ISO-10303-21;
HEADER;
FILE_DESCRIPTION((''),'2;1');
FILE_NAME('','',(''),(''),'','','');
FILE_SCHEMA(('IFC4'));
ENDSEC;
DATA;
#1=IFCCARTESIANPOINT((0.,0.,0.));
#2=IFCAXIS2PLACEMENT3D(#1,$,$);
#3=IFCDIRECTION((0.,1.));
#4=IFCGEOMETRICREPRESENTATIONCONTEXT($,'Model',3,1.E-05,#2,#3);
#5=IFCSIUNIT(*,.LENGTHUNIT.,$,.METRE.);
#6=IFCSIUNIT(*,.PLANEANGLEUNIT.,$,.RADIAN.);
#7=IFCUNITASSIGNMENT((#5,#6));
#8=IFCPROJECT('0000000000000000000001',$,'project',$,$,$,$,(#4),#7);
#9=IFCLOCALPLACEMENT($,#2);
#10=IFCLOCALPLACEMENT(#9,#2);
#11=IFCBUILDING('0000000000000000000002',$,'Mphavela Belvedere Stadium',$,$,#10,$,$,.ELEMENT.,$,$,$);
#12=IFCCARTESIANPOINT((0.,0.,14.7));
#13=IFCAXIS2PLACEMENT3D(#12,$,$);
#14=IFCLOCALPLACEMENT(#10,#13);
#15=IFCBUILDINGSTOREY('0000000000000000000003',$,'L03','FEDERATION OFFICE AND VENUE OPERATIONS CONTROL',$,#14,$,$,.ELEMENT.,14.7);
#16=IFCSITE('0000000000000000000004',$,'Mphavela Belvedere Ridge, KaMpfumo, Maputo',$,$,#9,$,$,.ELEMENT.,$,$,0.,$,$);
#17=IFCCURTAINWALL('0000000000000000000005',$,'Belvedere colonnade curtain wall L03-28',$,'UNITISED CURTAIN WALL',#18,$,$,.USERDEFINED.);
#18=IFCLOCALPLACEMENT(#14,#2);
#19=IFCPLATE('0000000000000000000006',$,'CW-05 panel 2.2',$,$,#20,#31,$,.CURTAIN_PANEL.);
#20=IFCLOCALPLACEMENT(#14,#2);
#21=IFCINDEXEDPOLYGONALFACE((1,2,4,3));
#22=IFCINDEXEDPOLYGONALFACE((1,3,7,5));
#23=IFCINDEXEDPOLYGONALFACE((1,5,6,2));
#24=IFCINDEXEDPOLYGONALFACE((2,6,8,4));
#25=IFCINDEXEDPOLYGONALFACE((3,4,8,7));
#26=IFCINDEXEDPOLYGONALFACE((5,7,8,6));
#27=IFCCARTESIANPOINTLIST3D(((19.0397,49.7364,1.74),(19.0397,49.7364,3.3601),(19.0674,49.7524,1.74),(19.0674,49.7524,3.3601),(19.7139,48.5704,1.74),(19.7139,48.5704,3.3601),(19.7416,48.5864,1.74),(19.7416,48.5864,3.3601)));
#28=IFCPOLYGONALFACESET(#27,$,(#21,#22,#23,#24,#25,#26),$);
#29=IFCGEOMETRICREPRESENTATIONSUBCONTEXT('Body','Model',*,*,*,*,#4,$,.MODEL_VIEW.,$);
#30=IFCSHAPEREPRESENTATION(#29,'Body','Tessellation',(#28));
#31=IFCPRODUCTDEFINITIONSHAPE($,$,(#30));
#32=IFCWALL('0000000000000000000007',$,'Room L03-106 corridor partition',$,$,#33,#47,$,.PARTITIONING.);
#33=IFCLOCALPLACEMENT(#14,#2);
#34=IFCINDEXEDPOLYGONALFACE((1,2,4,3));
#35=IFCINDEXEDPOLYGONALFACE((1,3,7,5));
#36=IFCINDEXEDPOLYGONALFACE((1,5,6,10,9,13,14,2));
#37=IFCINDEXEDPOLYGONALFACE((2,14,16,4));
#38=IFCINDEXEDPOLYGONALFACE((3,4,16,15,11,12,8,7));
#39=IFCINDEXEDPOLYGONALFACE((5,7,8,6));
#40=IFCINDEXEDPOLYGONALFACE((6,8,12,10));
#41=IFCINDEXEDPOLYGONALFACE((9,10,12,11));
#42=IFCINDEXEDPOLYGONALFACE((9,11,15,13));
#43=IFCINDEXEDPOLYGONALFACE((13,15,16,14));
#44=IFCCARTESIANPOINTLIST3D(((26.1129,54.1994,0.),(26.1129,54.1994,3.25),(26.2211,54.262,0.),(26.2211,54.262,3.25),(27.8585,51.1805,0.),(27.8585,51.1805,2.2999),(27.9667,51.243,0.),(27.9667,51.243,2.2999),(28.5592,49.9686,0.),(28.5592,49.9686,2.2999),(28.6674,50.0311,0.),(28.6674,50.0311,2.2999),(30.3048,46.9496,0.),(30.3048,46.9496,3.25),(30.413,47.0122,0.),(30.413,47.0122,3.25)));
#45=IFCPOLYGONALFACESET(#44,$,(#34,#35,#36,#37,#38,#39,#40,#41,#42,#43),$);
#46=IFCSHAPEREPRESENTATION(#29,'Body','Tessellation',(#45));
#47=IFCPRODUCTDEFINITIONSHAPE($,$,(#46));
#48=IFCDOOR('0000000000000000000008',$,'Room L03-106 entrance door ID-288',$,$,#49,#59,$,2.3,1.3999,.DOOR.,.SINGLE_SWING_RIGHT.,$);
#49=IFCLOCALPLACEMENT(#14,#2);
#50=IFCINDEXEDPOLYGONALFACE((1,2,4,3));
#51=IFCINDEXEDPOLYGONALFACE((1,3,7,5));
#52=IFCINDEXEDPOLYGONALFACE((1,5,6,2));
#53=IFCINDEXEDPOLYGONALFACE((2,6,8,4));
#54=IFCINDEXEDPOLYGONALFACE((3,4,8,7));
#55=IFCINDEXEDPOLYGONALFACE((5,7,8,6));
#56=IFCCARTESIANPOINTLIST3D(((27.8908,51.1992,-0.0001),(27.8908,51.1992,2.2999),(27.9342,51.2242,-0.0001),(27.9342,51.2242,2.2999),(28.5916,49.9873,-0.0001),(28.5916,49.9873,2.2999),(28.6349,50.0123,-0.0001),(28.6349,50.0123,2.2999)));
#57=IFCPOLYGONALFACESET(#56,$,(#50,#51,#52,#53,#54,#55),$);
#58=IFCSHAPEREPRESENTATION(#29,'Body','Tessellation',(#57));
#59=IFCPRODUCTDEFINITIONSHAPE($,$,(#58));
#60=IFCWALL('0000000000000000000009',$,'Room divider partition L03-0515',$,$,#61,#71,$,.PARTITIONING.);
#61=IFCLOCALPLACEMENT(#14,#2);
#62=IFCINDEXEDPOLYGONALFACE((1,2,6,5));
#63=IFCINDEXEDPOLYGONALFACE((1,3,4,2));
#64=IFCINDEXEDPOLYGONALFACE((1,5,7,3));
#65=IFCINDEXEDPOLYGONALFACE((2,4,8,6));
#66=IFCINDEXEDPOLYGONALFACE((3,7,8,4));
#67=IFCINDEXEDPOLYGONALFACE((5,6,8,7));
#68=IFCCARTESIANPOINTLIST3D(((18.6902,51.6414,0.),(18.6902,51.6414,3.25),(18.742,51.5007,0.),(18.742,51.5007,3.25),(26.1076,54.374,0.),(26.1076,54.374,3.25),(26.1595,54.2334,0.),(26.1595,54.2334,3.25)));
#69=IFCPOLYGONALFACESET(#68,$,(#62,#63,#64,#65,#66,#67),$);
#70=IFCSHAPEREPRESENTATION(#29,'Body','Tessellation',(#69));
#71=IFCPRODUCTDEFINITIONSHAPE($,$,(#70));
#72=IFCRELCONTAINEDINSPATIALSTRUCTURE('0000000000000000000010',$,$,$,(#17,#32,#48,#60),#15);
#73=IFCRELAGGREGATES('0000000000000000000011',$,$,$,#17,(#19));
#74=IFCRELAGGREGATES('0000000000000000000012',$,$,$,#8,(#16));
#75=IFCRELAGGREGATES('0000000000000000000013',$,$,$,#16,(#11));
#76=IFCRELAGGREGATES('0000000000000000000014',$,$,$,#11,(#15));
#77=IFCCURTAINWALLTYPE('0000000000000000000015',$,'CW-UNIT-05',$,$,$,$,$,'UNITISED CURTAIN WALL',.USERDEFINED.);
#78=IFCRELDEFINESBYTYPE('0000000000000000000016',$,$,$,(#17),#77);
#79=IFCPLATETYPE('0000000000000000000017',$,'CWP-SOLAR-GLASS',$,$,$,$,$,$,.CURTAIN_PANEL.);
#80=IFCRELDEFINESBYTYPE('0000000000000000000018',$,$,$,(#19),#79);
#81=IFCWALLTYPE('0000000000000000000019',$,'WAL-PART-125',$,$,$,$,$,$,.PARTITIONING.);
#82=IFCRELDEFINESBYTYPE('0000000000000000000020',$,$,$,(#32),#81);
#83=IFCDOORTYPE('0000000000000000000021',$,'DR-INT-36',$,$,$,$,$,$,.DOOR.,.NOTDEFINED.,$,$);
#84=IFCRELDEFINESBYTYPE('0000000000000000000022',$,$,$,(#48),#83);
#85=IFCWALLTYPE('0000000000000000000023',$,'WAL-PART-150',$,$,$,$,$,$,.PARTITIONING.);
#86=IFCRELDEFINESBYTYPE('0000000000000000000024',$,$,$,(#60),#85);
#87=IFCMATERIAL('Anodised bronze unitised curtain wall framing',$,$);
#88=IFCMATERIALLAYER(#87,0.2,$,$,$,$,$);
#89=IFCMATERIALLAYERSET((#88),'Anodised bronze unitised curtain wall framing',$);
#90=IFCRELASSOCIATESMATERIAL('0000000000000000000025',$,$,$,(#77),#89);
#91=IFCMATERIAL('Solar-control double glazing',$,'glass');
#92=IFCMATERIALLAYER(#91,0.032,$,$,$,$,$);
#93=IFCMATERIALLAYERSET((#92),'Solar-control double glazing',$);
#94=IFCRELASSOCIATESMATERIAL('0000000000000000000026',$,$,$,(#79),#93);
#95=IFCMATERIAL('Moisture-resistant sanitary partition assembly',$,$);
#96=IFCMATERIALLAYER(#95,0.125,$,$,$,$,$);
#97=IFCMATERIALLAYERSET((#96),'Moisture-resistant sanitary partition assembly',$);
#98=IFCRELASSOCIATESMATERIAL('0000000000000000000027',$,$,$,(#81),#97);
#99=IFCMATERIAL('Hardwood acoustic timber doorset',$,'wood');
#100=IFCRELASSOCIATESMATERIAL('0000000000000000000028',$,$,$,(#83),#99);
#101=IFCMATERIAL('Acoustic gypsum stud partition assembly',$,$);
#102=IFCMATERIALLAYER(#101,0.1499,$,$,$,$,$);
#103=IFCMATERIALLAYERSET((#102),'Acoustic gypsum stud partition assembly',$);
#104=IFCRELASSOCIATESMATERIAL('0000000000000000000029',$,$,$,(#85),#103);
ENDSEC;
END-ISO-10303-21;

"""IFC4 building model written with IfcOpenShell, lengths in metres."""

from ifc_helpers import new_model, si_unit, direction, frame, frame_2d, origin, origin_2d, place, context, subcontext, project, spatial, rectangle, extrude, material, layer, layer_set, type_object, element, fill, aggregate, save


model = new_model("IFC4")

# Units and contexts
model_context = context("Model", 3, precision=1e-05, world=origin(), true_north=direction((0.0, 1.0)))
body_context = subcontext(model_context, "Body", "Model", "MODEL_VIEW")
ifc_project = project(units=[si_unit("LENGTHUNIT", "METRE"), si_unit("PLANEANGLEUNIT", "RADIAN")], contexts=[model_context])

# Site, building, storey
site_placement = place(None, origin())
site = spatial("IfcSite", under=ifc_project, at=site_placement, Name="Mphavela Belvedere Ridge, KaMpfumo, Maputo", CompositionType="ELEMENT", RefElevation=0.0)
building_placement = place(site_placement, origin())
building = spatial("IfcBuilding", under=site, at=building_placement, Name="Mphavela Belvedere Stadium", CompositionType="ELEMENT")
storey_placement = place(building_placement, frame((0.0, 0.0, 14.7)))
storey = spatial("IfcBuildingStorey", under=building, at=storey_placement, Name="L03", Description="FEDERATION OFFICE AND VENUE OPERATIONS CONTROL", CompositionType="ELEMENT", Elevation=14.7)

# Curtain wall, plate
ifc_material_1 = material(Name="Anodised bronze unitised curtain wall framing")
ifc_layer_1 = layer(ifc_material_1, 0.2)
ifc_layer_set_1 = layer_set([ifc_layer_1], Name="Anodised bronze unitised curtain wall framing")
curtain_wall_type = type_object("IfcCurtainWallType", Name="CW-UNIT-05", ElementType="UNITISED CURTAIN WALL", PredefinedType="USERDEFINED", material=ifc_layer_set_1)
curtain_wall_placement = place(storey_placement, origin())
curtain_wall = element("IfcCurtainWall", 1, at=curtain_wall_placement, inside=storey, type_object=curtain_wall_type, Name="Belvedere colonnade curtain wall L03-28", ObjectType="UNITISED CURTAIN WALL", PredefinedType="USERDEFINED")
ifc_material_2 = material(Name="Solar-control double glazing", Category="glass")
ifc_layer_2 = layer(ifc_material_2, 0.032)
ifc_layer_set_2 = layer_set([ifc_layer_2], Name="Solar-control double glazing")
plate_type = type_object("IfcPlateType", Name="CWP-SOLAR-GLASS", PredefinedType="CURTAIN_PANEL", material=ifc_layer_set_2)
plate_1_placement = place(storey_placement, frame((19.3906, 49.1614, 1.74), z_axis=(0.0, 0.0, 1.0), x_axis=(0.500554, -0.865705, 0.0)))
plate_1 = element("IfcPlate", 2, at=plate_1_placement, type_object=plate_type, Name="CW-05 panel 2.2", PredefinedType="CURTAIN_PANEL", context=body_context, shape_type="SweptSolid", body=[
    extrude(rectangle(XDim=1.3469, YDim=0.032, at=origin_2d()), origin(), (0.0, 0.0, 1.0), 1.6201),
])
aggregate(curtain_wall, [plate_1])

# Wall, opening, door
ifc_material_3 = material(Name="Moisture-resistant sanitary partition assembly")
ifc_layer_3 = layer(ifc_material_3, 0.125)
ifc_layer_set_3 = layer_set([ifc_layer_3], Name="Moisture-resistant sanitary partition assembly")
wall_type_1 = type_object("IfcWallType", Name="WAL-PART-125", PredefinedType="PARTITIONING", material=ifc_layer_set_3)
wall_1_placement = place(storey_placement, frame((26.167, 54.2307, 0.0), z_axis=(0.0, 0.0, 1.0), x_axis=(0.500559, -0.865702, 0.0)))
wall_1 = element("IfcWall", 3, at=wall_1_placement, inside=storey, type_object=wall_type_1, Name="Room L03-106 corridor partition", PredefinedType="PARTITIONING", context=body_context, shape_type="SweptSolid", body=[
    extrude(rectangle(XDim=8.3745, YDim=0.125, at=frame_2d((4.1873, 0.0))), origin(), (0.0, 0.0, 1.0), 3.25),
])
opening_placement = place(wall_1_placement, frame((3.4873, 0.0, 0.0)))
opening = element("IfcOpeningElement", 4, at=opening_placement, cuts=wall_1, PredefinedType="OPENING", context=body_context, shape_type="SweptSolid", body=[
    extrude(rectangle(XDim=1.3999, YDim=2.3, at=frame_2d((0.7, 1.1499))), frame((0.0, 0.0725, 0.0), z_axis=(0.0, -1.0, 0.0), x_axis=(1.0, 0.0, 0.0)), (0.0, 0.0, 1.0), 0.145),
])
ifc_material_4 = material(Name="Hardwood acoustic timber doorset", Category="wood")
door_type = type_object("IfcDoorType", Name="DR-INT-36", OperationType="NOTDEFINED", PredefinedType="DOOR", material=ifc_material_4)
door_placement = place(opening_placement, origin())
door = element("IfcDoor", 5, at=door_placement, inside=storey, type_object=door_type, Name="Room L03-106 entrance door ID-288", OperationType="SINGLE_SWING_RIGHT", OverallHeight=2.3, OverallWidth=1.3999, PredefinedType="DOOR", context=body_context, shape_type="SweptSolid", body=[
    extrude(rectangle(XDim=1.3999, YDim=2.3, at=frame_2d((0.7, 1.1499))), frame((0.0, 0.0249, 0.0), z_axis=(0.0, -1.0, 0.0), x_axis=(1.0, 0.0, 0.0)), (0.0, 0.0, 1.0), 0.05),
])
fill(opening, door)

# Wall
ifc_material_5 = material(Name="Acoustic gypsum stud partition assembly")
ifc_layer_4 = layer(ifc_material_5, 0.1499)
ifc_layer_set_4 = layer_set([ifc_layer_4], Name="Acoustic gypsum stud partition assembly")
wall_type_2 = type_object("IfcWallType", Name="WAL-PART-150", PredefinedType="PARTITIONING", material=ifc_layer_set_4)
wall_2_placement = place(storey_placement, frame((26.1335, 54.3037, 0.0), z_axis=(0.0, 0.0, 1.0), x_axis=(-0.938347, -0.345695, 0.0)))
element("IfcWall", 6, at=wall_2_placement, inside=storey, type_object=wall_type_2, Name="Room divider partition L03-0515", PredefinedType="PARTITIONING", context=body_context, shape_type="SweptSolid", body=[
    extrude(rectangle(XDim=7.9048, YDim=0.1499, at=frame_2d((3.9524, 0.0))), origin(), (0.0, 0.0, 1.0), 3.25),
])

save(model, "model.ifc")
